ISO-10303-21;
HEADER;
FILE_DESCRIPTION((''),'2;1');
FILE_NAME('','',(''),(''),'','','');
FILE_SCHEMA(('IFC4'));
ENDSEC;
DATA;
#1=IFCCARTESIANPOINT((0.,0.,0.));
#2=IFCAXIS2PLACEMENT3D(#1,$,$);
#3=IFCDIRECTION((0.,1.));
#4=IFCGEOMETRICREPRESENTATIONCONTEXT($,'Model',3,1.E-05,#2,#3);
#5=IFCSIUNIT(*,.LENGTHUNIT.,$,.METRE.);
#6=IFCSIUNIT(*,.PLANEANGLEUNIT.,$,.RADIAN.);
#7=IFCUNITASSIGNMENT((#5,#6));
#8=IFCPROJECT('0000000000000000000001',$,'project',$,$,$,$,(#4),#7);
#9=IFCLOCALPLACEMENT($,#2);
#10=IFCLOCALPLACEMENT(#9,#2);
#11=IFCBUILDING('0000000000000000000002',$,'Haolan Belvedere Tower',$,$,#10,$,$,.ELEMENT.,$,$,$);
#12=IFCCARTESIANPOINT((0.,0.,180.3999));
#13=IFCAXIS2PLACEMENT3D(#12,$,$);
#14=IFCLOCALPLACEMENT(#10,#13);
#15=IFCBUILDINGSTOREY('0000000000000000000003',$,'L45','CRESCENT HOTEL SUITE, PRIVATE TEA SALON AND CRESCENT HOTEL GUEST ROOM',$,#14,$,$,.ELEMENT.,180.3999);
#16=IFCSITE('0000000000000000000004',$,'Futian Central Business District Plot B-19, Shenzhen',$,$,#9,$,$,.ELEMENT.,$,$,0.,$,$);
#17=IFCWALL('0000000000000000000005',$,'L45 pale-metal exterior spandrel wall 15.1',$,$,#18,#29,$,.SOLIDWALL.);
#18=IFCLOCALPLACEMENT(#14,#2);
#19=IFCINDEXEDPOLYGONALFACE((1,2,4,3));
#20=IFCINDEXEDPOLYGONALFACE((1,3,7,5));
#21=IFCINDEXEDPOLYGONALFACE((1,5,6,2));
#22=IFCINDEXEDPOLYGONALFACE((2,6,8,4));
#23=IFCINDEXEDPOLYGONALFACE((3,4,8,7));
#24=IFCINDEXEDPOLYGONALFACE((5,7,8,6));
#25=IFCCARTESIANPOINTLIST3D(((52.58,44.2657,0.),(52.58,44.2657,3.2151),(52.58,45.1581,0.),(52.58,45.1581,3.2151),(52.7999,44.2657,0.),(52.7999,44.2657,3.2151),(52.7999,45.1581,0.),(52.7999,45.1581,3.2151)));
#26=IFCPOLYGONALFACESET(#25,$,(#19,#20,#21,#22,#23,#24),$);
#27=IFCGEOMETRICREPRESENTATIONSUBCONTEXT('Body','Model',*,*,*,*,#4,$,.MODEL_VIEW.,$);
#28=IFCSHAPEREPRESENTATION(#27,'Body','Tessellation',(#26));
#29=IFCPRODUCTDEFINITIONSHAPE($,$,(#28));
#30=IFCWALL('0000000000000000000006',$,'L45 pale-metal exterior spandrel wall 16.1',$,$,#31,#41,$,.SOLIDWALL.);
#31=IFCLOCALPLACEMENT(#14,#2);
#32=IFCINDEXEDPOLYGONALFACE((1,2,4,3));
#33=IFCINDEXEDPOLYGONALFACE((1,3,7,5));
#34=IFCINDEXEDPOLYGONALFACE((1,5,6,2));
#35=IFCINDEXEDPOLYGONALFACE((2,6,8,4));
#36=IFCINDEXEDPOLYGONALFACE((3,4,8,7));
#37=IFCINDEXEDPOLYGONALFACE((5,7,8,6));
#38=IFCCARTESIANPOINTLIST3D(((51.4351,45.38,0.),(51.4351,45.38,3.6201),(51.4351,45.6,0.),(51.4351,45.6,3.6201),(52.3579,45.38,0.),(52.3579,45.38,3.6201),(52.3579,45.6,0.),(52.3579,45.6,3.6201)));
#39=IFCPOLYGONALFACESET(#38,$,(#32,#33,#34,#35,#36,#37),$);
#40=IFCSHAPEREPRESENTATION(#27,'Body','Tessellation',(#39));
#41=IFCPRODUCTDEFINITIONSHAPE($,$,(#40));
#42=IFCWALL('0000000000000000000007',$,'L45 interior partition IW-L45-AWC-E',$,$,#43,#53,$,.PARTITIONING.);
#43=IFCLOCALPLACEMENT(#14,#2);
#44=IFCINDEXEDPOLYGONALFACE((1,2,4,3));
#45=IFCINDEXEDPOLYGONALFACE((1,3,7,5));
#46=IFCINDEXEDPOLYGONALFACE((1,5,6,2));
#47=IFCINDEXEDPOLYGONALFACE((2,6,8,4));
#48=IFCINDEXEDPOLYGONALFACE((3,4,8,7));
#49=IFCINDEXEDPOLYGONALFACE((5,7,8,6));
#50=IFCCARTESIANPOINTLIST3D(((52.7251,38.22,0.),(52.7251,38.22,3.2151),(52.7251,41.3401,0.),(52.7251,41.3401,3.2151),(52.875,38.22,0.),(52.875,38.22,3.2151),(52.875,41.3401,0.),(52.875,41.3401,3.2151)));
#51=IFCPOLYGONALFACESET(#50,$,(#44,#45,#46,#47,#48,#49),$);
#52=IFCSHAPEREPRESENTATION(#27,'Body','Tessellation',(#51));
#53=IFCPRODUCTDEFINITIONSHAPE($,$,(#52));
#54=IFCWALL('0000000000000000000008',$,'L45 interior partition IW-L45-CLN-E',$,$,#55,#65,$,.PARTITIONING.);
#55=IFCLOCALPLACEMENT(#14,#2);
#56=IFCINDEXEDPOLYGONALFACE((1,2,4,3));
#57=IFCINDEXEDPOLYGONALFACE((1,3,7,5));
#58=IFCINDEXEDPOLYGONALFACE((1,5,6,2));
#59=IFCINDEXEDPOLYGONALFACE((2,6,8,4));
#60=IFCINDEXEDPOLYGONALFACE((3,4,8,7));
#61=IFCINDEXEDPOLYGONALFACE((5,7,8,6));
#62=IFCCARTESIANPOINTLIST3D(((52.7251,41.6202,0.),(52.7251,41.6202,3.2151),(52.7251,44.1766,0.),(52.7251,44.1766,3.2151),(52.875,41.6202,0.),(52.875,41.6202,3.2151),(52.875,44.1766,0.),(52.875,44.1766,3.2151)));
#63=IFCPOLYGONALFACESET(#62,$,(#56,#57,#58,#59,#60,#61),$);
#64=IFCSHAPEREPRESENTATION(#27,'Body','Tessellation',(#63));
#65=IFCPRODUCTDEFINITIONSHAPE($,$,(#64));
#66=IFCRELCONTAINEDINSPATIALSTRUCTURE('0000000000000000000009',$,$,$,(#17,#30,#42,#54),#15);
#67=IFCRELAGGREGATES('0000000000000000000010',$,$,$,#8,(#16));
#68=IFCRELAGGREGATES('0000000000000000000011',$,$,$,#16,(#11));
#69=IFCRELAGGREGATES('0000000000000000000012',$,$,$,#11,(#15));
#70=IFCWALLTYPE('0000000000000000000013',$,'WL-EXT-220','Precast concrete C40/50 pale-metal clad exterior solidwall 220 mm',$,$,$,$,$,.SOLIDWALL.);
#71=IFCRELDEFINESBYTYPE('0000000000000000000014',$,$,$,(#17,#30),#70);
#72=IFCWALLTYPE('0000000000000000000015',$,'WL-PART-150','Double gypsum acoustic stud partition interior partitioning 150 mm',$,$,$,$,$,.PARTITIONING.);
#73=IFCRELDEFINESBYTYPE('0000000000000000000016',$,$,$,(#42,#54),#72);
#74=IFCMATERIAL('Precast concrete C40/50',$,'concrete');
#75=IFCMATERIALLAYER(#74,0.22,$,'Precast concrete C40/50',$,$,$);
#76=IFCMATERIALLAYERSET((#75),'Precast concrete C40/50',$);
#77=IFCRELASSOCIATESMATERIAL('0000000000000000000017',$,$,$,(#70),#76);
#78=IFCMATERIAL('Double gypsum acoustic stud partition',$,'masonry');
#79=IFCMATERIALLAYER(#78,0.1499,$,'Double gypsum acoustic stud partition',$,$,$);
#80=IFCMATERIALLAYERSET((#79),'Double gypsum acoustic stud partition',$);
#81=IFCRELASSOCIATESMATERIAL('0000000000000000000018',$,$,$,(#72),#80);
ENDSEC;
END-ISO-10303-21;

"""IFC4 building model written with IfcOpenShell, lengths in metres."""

from ifc_helpers import new_model, si_unit, direction, frame, frame_2d, origin, place, context, subcontext, project, spatial, rectangle, extrude, material, layer, layer_set, type_object, element, save


model = new_model("IFC4")

# Units and contexts
model_context = context("Model", 3, precision=1e-05, world=origin(), true_north=direction((0.0, 1.0)))
body_context = subcontext(model_context, "Body", "Model", "MODEL_VIEW")
ifc_project = project(units=[si_unit("LENGTHUNIT", "METRE"), si_unit("PLANEANGLEUNIT", "RADIAN")], contexts=[model_context])

# Site, building, storey
site_placement = place(None, origin())
site = spatial("IfcSite", under=ifc_project, at=site_placement, Name="Futian Central Business District Plot B-19, Shenzhen", CompositionType="ELEMENT", RefElevation=0.0)
building_placement = place(site_placement, origin())
building = spatial("IfcBuilding", under=site, at=building_placement, Name="Haolan Belvedere Tower", CompositionType="ELEMENT")
storey_placement = place(building_placement, frame((0.0, 0.0, 180.3999)))
storey = spatial("IfcBuildingStorey", under=building, at=storey_placement, Name="L45", Description="CRESCENT HOTEL SUITE, PRIVATE TEA SALON AND CRESCENT HOTEL GUEST ROOM", CompositionType="ELEMENT", Elevation=180.3999)

# Shared definitions
ifc_material_1 = material(Name="Precast concrete C40/50", Category="concrete")
ifc_layer_1 = layer(ifc_material_1, 0.22, Name="Precast concrete C40/50")
ifc_layer_set_1 = layer_set([ifc_layer_1], Name="Precast concrete C40/50")
wall_type_1 = type_object("IfcWallType", Name="WL-EXT-220", Description="Precast concrete C40/50 pale-metal clad exterior solidwall 220 mm", PredefinedType="SOLIDWALL", material=ifc_layer_set_1)

# Walls
wall_1_placement = place(storey_placement, frame((52.6899, 44.2656, 0.0), z_axis=(0.0, 0.0, 1.0), x_axis=(0.0, 1.0, 0.0)))
element("IfcWall", 1, at=wall_1_placement, inside=storey, type_object=wall_type_1, Name="L45 pale-metal exterior spandrel wall 15.1", PredefinedType="SOLIDWALL", context=body_context, shape_type="SweptSolid", body=[
    extrude(rectangle(XDim=0.8923, YDim=0.22, at=frame_2d((0.4463, 0.0))), origin(), (0.0, 0.0, 1.0), 3.2151),
])
wall_2_placement = place(storey_placement, frame((52.3579, 45.49, 0.0), z_axis=(0.0, 0.0, 1.0), x_axis=(-1.0, 0.0, 0.0)))
element("IfcWall", 2, at=wall_2_placement, inside=storey, type_object=wall_type_1, Name="L45 pale-metal exterior spandrel wall 16.1", PredefinedType="SOLIDWALL", context=body_context, shape_type="SweptSolid", body=[
    extrude(rectangle(XDim=0.9229, YDim=0.22, at=frame_2d((0.4614, 0.0))), origin(), (0.0, 0.0, 1.0), 3.6201),
])
ifc_material_2 = material(Name="Double gypsum acoustic stud partition", Category="masonry")
ifc_layer_2 = layer(ifc_material_2, 0.1499, Name="Double gypsum acoustic stud partition")
ifc_layer_set_2 = layer_set([ifc_layer_2], Name="Double gypsum acoustic stud partition")
wall_type_2 = type_object("IfcWallType", Name="WL-PART-150", Description="Double gypsum acoustic stud partition interior partitioning 150 mm", PredefinedType="PARTITIONING", material=ifc_layer_set_2)
wall_3_placement = place(storey_placement, frame((52.8, 38.22, 0.0), z_axis=(0.0, 0.0, 1.0), x_axis=(0.0, 1.0, 0.0)))
element("IfcWall", 3, at=wall_3_placement, inside=storey, type_object=wall_type_2, Name="L45 interior partition IW-L45-AWC-E", PredefinedType="PARTITIONING", context=body_context, shape_type="SweptSolid", body=[
    extrude(rectangle(XDim=3.1201, YDim=0.1499, at=frame_2d((1.5601, 0.0))), origin(), (0.0, 0.0, 1.0), 3.2151),
])
wall_4_placement = place(storey_placement, frame((52.8, 41.6201, 0.0), z_axis=(0.0, 0.0, 1.0), x_axis=(0.0, 1.0, 0.0)))
element("IfcWall", 4, at=wall_4_placement, inside=storey, type_object=wall_type_2, Name="L45 interior partition IW-L45-CLN-E", PredefinedType="PARTITIONING", context=body_context, shape_type="SweptSolid", body=[
    extrude(rectangle(XDim=2.5564, YDim=0.1499, at=frame_2d((1.2783, 0.0))), origin(), (0.0, 0.0, 1.0), 3.2151),
])

save(model, "model.ifc")
